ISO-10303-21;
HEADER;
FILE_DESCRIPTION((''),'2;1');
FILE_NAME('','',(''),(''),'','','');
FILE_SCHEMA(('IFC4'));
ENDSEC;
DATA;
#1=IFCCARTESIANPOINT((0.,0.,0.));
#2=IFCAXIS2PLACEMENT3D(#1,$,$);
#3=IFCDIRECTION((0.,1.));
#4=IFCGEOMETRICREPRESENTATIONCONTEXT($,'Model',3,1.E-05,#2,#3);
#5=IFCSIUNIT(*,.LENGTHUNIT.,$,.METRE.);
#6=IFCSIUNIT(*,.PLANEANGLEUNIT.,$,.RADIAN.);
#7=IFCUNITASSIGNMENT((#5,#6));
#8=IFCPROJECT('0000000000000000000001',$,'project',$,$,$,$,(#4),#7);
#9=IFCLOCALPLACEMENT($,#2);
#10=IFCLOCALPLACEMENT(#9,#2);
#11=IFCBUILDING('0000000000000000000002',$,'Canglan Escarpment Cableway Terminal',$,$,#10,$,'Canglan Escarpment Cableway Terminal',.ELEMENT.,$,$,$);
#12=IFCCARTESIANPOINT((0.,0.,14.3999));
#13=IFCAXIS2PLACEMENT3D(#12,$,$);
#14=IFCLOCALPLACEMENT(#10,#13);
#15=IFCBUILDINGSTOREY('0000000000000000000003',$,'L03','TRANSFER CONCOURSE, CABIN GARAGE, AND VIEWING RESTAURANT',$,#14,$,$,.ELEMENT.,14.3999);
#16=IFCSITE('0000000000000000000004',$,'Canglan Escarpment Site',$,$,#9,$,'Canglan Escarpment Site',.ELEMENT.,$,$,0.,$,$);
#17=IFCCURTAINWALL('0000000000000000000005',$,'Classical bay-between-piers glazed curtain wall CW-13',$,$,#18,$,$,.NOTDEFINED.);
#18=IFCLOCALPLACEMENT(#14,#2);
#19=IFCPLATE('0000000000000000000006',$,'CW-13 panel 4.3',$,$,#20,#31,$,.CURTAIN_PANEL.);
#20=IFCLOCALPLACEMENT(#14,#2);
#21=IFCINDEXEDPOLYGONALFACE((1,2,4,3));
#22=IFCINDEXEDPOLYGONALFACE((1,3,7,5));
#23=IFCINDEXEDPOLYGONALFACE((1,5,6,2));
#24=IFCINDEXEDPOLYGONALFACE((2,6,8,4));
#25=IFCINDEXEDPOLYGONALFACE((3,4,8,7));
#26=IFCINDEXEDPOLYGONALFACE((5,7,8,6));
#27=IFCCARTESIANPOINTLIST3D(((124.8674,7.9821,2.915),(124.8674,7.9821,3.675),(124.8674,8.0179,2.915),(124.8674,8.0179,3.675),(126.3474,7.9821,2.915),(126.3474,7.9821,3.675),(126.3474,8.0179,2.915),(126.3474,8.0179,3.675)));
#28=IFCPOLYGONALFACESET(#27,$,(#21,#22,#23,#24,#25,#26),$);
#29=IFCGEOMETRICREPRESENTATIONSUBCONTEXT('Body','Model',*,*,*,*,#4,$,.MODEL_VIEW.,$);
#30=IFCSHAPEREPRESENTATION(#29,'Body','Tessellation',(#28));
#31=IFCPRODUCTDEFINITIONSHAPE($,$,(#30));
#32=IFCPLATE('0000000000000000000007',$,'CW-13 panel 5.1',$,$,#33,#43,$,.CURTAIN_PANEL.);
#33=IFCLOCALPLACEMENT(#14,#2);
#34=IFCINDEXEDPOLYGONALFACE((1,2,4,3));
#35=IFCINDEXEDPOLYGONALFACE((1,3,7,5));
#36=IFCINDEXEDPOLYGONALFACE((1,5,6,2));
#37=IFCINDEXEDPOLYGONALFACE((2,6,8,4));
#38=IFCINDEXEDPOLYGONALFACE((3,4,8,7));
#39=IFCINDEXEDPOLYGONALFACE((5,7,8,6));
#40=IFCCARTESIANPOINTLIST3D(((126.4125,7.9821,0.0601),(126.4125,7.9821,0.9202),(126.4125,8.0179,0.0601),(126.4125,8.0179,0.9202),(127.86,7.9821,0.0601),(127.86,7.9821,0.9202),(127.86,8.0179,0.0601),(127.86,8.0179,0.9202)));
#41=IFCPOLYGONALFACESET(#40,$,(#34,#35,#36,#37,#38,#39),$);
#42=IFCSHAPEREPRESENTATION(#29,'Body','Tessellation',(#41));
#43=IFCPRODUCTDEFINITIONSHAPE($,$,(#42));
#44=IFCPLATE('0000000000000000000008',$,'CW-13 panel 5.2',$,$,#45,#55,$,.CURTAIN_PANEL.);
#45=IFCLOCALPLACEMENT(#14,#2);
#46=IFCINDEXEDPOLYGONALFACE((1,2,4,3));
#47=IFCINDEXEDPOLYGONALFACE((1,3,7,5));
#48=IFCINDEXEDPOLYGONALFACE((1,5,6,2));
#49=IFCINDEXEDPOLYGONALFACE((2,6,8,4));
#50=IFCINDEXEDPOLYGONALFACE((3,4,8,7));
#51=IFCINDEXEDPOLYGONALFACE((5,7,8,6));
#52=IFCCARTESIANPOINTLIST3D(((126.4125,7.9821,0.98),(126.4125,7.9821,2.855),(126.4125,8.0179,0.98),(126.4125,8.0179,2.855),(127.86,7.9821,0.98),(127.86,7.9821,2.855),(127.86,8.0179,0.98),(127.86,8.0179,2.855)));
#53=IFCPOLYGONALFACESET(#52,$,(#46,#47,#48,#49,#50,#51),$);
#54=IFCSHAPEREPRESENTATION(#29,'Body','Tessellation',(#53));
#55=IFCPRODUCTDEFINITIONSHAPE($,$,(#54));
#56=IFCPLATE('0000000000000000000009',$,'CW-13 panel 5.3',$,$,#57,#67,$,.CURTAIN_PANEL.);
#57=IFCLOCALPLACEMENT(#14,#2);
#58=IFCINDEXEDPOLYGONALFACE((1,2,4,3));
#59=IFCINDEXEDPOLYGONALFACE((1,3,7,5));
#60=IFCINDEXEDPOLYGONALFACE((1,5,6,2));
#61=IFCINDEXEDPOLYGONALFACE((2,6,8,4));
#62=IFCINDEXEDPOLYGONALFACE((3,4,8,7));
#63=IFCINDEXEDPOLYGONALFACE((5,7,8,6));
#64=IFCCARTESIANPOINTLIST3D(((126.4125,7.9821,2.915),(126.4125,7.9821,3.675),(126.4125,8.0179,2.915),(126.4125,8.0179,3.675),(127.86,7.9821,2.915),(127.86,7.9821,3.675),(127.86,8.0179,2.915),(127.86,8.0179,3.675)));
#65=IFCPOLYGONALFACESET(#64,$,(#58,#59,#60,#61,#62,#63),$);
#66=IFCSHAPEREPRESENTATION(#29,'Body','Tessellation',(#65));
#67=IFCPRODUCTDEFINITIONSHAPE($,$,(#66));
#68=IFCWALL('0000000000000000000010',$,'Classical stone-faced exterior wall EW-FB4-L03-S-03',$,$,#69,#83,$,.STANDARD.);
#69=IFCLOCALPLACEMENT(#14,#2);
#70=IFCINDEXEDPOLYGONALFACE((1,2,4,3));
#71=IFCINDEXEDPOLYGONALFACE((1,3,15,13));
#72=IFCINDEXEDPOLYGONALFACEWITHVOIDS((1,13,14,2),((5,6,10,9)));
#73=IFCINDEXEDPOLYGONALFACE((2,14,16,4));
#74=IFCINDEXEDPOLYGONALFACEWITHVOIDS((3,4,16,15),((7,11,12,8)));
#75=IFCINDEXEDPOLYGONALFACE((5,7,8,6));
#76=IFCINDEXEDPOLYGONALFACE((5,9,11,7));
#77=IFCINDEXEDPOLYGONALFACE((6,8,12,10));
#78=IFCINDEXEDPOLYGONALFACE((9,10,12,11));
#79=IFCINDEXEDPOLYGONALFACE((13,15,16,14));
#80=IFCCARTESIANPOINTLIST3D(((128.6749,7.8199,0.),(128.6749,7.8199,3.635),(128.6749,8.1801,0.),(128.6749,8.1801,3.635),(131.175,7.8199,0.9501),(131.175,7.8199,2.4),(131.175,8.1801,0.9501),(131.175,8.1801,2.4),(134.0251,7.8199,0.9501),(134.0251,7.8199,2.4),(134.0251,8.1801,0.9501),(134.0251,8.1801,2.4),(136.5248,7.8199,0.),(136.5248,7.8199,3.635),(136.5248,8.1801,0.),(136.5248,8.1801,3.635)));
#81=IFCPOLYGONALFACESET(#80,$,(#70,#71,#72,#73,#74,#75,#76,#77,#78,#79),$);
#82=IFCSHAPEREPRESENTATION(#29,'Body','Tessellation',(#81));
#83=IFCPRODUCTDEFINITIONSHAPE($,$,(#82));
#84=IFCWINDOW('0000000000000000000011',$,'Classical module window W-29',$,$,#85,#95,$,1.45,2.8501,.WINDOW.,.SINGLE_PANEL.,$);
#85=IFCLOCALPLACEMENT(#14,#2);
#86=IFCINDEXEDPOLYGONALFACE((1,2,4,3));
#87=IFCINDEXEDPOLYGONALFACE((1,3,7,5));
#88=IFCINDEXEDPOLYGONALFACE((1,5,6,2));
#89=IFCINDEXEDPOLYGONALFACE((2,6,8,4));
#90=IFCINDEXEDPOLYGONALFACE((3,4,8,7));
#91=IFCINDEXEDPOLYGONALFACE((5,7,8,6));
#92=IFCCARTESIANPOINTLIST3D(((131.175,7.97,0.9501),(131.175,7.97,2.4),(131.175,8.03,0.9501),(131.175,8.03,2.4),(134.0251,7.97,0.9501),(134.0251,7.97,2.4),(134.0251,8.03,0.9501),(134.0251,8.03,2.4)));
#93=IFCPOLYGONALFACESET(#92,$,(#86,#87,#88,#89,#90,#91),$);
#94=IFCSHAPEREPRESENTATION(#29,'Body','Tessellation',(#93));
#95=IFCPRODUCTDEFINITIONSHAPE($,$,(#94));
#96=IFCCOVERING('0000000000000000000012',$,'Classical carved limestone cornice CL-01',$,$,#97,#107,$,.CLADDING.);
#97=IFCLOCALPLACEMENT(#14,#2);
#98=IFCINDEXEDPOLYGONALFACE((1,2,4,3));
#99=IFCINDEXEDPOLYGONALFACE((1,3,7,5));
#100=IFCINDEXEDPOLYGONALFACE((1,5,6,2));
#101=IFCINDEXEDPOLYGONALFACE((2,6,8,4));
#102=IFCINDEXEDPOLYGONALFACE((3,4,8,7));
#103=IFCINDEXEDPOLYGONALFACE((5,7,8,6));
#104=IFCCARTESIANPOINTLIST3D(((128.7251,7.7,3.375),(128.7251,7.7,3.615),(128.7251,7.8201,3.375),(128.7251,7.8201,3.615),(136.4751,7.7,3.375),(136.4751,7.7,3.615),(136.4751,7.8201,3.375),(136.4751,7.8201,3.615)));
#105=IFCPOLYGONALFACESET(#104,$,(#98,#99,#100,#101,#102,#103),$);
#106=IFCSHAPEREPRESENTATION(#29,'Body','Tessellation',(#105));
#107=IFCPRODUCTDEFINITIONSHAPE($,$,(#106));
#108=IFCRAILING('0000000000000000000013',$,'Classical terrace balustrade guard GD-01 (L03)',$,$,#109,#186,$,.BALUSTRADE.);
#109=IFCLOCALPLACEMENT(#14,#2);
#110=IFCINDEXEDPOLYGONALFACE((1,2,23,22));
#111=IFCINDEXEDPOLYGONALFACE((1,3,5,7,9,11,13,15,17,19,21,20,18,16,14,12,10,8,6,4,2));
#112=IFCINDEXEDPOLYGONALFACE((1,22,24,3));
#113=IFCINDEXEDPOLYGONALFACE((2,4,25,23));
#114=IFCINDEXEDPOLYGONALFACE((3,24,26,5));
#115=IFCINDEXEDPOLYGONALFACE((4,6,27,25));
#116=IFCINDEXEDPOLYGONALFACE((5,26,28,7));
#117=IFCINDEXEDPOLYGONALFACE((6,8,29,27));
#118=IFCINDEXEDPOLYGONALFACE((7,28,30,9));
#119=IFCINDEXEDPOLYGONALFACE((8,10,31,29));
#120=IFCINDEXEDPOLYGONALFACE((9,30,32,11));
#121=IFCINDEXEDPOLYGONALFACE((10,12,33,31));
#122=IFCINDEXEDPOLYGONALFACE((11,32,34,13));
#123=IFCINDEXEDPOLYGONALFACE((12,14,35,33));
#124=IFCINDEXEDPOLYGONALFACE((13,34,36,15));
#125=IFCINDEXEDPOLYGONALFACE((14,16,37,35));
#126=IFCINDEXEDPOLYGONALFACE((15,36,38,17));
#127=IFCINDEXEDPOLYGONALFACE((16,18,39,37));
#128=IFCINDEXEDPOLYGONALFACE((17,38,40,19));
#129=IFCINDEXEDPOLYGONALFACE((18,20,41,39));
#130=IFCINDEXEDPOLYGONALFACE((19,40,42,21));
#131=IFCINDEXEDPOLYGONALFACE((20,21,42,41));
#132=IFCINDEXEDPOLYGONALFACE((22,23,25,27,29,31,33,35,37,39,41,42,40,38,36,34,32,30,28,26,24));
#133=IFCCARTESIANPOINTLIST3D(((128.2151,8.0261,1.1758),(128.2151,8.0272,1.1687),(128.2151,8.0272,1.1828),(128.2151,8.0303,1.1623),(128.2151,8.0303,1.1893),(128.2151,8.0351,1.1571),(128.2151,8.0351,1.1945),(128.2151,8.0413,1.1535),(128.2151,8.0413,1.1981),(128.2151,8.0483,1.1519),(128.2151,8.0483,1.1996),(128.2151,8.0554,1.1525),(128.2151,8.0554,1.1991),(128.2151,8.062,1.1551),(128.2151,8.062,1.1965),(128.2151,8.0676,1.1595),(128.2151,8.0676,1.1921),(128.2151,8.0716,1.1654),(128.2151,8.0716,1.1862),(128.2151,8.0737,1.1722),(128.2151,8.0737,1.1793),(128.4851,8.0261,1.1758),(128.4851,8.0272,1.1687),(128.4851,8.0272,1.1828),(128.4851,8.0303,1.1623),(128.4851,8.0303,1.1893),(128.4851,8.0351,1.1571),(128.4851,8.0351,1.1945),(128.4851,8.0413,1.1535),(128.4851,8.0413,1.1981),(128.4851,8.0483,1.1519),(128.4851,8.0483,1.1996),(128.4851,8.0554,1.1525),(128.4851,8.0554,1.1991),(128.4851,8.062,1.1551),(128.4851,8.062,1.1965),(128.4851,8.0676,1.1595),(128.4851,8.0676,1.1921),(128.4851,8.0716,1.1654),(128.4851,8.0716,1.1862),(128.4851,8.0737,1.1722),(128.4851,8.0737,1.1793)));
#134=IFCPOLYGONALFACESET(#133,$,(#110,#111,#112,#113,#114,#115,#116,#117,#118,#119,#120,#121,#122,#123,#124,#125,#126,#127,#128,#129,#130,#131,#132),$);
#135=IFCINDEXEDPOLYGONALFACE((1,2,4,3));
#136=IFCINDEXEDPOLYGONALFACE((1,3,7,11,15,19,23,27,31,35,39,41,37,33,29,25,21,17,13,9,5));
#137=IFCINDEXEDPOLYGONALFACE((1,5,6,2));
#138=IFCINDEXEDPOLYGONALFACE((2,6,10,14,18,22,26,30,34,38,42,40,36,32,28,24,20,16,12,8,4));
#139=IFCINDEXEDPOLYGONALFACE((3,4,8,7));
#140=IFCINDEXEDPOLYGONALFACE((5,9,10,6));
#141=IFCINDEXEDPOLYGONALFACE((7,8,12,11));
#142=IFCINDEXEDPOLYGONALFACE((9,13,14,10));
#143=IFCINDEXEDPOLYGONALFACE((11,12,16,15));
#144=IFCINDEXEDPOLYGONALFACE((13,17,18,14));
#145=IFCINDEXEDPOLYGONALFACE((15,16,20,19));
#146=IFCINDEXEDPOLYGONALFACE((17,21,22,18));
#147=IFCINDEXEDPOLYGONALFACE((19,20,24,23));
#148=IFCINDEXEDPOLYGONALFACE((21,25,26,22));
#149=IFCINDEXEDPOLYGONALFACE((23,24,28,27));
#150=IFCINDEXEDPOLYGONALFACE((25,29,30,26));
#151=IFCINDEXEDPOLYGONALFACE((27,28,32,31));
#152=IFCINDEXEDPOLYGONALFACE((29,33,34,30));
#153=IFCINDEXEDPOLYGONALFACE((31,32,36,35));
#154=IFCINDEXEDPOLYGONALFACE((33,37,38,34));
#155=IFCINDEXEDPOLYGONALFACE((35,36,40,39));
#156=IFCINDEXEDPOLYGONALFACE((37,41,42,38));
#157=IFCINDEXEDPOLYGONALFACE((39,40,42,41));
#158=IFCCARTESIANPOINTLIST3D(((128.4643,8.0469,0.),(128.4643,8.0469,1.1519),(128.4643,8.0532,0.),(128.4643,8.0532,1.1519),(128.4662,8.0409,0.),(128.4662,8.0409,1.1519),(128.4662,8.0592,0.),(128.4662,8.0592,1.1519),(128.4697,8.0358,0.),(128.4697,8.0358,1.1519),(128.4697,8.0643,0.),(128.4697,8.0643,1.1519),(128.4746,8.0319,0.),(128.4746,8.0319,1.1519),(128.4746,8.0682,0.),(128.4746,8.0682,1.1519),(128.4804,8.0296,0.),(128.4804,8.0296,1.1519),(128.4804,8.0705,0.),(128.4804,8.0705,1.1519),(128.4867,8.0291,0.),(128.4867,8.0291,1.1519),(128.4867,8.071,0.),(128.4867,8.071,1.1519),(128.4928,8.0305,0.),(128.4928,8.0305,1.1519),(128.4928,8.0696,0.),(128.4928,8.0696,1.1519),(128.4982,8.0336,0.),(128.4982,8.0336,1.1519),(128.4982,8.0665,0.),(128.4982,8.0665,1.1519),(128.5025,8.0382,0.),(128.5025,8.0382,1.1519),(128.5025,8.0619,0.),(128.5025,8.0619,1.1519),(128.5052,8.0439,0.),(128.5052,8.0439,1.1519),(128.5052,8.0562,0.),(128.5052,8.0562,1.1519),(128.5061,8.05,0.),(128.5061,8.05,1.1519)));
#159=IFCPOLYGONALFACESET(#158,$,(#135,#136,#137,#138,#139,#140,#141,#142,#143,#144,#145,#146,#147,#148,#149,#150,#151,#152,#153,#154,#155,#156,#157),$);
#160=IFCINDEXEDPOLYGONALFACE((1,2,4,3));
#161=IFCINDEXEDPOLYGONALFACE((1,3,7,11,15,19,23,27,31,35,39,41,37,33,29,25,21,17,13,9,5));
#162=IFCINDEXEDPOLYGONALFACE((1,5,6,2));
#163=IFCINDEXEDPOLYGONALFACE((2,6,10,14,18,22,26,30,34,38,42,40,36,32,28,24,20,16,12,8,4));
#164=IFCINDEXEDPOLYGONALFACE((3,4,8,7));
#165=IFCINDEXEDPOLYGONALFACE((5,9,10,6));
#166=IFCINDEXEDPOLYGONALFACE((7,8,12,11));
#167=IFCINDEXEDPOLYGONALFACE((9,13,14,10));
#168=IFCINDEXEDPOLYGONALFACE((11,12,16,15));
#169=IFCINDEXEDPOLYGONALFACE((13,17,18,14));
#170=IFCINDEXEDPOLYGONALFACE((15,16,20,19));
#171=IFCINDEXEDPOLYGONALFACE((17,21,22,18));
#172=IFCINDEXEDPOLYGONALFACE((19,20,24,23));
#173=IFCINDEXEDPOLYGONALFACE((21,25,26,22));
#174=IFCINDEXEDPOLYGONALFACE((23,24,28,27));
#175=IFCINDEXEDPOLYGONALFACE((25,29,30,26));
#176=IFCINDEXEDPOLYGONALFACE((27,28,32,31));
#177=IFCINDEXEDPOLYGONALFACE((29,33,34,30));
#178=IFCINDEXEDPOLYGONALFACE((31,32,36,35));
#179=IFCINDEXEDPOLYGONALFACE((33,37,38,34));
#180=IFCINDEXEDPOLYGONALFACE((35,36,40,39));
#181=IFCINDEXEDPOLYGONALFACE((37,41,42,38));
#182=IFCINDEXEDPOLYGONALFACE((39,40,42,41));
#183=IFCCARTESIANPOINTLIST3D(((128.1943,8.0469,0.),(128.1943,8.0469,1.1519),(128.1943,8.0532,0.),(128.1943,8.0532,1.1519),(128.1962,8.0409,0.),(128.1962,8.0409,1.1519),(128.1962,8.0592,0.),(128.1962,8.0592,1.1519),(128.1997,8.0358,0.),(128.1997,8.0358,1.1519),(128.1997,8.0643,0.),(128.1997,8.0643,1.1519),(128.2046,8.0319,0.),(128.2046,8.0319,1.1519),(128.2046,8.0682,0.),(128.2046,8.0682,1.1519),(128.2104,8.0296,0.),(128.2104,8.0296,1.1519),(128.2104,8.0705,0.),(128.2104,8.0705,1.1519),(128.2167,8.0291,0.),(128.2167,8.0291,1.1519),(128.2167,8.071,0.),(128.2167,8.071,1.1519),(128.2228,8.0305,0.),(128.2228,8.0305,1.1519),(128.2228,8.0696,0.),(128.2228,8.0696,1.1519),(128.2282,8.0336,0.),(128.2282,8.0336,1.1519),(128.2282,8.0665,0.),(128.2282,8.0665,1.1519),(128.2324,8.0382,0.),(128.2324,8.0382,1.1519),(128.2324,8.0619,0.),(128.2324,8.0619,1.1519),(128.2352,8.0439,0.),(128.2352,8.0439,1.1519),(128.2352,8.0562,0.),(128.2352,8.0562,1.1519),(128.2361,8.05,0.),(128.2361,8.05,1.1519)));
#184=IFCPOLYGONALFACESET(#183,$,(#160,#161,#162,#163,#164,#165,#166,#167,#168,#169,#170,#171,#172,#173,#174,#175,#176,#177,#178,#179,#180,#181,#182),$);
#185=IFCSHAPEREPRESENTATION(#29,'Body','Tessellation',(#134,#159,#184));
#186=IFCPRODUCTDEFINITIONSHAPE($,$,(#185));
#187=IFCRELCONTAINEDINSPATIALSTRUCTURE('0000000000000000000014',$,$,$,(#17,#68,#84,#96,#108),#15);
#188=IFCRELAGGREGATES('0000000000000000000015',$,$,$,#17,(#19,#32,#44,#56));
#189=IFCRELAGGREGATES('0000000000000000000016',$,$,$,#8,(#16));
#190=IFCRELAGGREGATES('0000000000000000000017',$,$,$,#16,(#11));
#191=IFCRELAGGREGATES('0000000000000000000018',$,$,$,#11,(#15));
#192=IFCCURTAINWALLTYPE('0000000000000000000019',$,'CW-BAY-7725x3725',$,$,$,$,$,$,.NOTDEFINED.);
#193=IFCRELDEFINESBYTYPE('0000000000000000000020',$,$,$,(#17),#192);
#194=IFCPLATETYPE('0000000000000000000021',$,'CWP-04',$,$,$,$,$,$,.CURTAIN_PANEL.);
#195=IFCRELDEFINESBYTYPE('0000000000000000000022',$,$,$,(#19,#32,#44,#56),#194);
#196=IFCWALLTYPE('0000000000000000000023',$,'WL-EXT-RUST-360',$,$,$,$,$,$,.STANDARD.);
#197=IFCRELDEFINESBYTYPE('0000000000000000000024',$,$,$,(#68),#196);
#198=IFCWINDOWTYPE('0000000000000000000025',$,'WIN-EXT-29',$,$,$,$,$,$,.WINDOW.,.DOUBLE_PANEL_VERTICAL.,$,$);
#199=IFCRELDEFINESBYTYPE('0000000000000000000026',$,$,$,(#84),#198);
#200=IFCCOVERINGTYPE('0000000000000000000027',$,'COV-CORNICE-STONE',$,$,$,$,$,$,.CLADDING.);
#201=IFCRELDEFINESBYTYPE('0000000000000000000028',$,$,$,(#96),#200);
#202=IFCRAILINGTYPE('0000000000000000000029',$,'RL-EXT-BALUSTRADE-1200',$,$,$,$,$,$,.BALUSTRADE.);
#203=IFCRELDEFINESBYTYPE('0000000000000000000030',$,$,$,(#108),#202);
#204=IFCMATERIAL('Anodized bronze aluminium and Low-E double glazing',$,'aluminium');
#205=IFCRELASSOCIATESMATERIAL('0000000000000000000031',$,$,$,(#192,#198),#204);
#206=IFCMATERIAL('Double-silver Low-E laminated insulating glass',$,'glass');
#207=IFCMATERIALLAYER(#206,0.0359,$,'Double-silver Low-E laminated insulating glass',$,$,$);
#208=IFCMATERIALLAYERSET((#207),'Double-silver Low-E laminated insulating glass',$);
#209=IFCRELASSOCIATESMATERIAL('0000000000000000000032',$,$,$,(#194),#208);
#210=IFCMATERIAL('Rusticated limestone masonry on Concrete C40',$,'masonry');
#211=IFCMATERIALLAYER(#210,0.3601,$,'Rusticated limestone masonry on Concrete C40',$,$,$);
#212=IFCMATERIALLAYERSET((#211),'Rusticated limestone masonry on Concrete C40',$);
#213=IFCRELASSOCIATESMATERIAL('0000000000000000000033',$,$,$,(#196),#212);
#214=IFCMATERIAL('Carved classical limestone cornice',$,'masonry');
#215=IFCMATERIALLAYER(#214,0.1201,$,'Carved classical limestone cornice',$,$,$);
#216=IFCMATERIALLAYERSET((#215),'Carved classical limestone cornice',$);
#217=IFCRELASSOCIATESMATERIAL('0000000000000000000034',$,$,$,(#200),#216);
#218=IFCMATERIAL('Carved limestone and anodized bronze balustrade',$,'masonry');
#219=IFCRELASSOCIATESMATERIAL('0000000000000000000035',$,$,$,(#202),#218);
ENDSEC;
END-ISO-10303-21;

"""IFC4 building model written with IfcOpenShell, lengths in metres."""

from ifc_helpers import new_model, si_unit, direction, frame, frame_2d, origin, origin_2d, place, context, subcontext, project, spatial, rectangle, circle, extrude, material, layer, layer_set, type_object, element, fill, aggregate, save


model = new_model("IFC4")

# Units and contexts
model_context = context("Model", 3, precision=1e-05, world=origin(), true_north=direction((0.0, 1.0)))
body_context = subcontext(model_context, "Body", "Model", "MODEL_VIEW")
ifc_project = project(units=[si_unit("LENGTHUNIT", "METRE"), si_unit("PLANEANGLEUNIT", "RADIAN")], contexts=[model_context])

# Site, building, storey
site_placement = place(None, origin())
site = spatial("IfcSite", under=ifc_project, at=site_placement, Name="Canglan Escarpment Site", LongName="Canglan Escarpment Site", CompositionType="ELEMENT", RefElevation=0.0)
building_placement = place(site_placement, origin())
building = spatial("IfcBuilding", under=site, at=building_placement, Name="Canglan Escarpment Cableway Terminal", LongName="Canglan Escarpment Cableway Terminal", CompositionType="ELEMENT")
storey_placement = place(building_placement, frame((0.0, 0.0, 14.3999)))
storey = spatial("IfcBuildingStorey", under=building, at=storey_placement, Name="L03", Description="TRANSFER CONCOURSE, CABIN GARAGE, AND VIEWING RESTAURANT", CompositionType="ELEMENT", Elevation=14.3999)

# Curtain wall
ifc_material_1 = material(Name="Anodized bronze aluminium and Low-E double glazing", Category="aluminium")
curtain_wall_type = type_object("IfcCurtainWallType", Name="CW-BAY-7725x3725", PredefinedType="NOTDEFINED", material=ifc_material_1)
curtain_wall_placement = place(storey_placement, origin())
curtain_wall = element("IfcCurtainWall", 1, at=curtain_wall_placement, inside=storey, type_object=curtain_wall_type, Name="Classical bay-between-piers glazed curtain wall CW-13", PredefinedType="NOTDEFINED")

# Plates
ifc_material_2 = material(Name="Double-silver Low-E laminated insulating glass", Category="glass")
ifc_layer_1 = layer(ifc_material_2, 0.0359, Name="Double-silver Low-E laminated insulating glass")
ifc_layer_set_1 = layer_set([ifc_layer_1], Name="Double-silver Low-E laminated insulating glass")
plate_type = type_object("IfcPlateType", Name="CWP-04", PredefinedType="CURTAIN_PANEL", material=ifc_layer_set_1)
plate_1_placement = place(storey_placement, frame((125.6074, 8.0, 2.915), z_axis=(0.0, 0.0, 1.0), x_axis=(1.0, 0.0, 0.0)))
plate_1 = element("IfcPlate", 2, at=plate_1_placement, type_object=plate_type, Name="CW-13 panel 4.3", PredefinedType="CURTAIN_PANEL", context=body_context, shape_type="SweptSolid", body=[
    extrude(rectangle(XDim=1.48, YDim=0.0359, at=origin_2d()), origin(), (0.0, 0.0, 1.0), 0.76),
])
plate_2_placement = place(storey_placement, frame((127.1362, 8.0, 0.0601), z_axis=(0.0, 0.0, 1.0), x_axis=(1.0, 0.0, 0.0)))
plate_2 = element("IfcPlate", 3, at=plate_2_placement, type_object=plate_type, Name="CW-13 panel 5.1", PredefinedType="CURTAIN_PANEL", context=body_context, shape_type="SweptSolid", body=[
    extrude(rectangle(XDim=1.4475, YDim=0.0359, at=origin_2d()), origin(), (0.0, 0.0, 1.0), 0.8601),
])
plate_3_placement = place(storey_placement, frame((127.1362, 8.0, 0.98), z_axis=(0.0, 0.0, 1.0), x_axis=(1.0, 0.0, 0.0)))
plate_3 = element("IfcPlate", 4, at=plate_3_placement, type_object=plate_type, Name="CW-13 panel 5.2", PredefinedType="CURTAIN_PANEL", context=body_context, shape_type="SweptSolid", body=[
    extrude(rectangle(XDim=1.4475, YDim=0.0359, at=origin_2d()), origin(), (0.0, 0.0, 1.0), 1.875),
])
plate_4_placement = place(storey_placement, frame((127.1362, 8.0, 2.915), z_axis=(0.0, 0.0, 1.0), x_axis=(1.0, 0.0, 0.0)))
plate_4 = element("IfcPlate", 5, at=plate_4_placement, type_object=plate_type, Name="CW-13 panel 5.3", PredefinedType="CURTAIN_PANEL", context=body_context, shape_type="SweptSolid", body=[
    extrude(rectangle(XDim=1.4475, YDim=0.0359, at=origin_2d()), origin(), (0.0, 0.0, 1.0), 0.76),
])
aggregate(curtain_wall, [plate_1, plate_2, plate_3, plate_4])

# Wall, opening, window
ifc_material_3 = material(Name="Rusticated limestone masonry on Concrete C40", Category="masonry")
ifc_layer_2 = layer(ifc_material_3, 0.3601, Name="Rusticated limestone masonry on Concrete C40")
ifc_layer_set_2 = layer_set([ifc_layer_2], Name="Rusticated limestone masonry on Concrete C40")
wall_type = type_object("IfcWallType", Name="WL-EXT-RUST-360", PredefinedType="STANDARD", material=ifc_layer_set_2)
wall_placement = place(storey_placement, frame((128.675, 8.0, 0.0), z_axis=(0.0, 0.0, 1.0), x_axis=(1.0, 0.0, 0.0)))
wall = element("IfcWall", 6, at=wall_placement, inside=storey, type_object=wall_type, Name="Classical stone-faced exterior wall EW-FB4-L03-S-03", PredefinedType="STANDARD", context=body_context, shape_type="SweptSolid", body=[
    extrude(rectangle(XDim=7.8499, YDim=0.3601, at=frame_2d((3.9248, 0.0))), origin(), (0.0, 0.0, 1.0), 3.635),
])
opening_placement = place(wall_placement, frame((2.5, 0.0, 0.95)))
opening = element("IfcOpeningElement", 7, at=opening_placement, cuts=wall, PredefinedType="OPENING", context=body_context, shape_type="SweptSolid", body=[
    extrude(rectangle(XDim=2.8501, YDim=1.45, at=frame_2d((1.425, 0.7251))), frame((0.0, 0.1899, 0.0), z_axis=(0.0, -1.0, 0.0), x_axis=(1.0, 0.0, 0.0)), (0.0, 0.0, 1.0), 0.3801),
])
window_type = type_object("IfcWindowType", Name="WIN-EXT-29", PartitioningType="DOUBLE_PANEL_VERTICAL", PredefinedType="WINDOW", material=ifc_material_1)
window_placement = place(opening_placement, origin())
window = element("IfcWindow", 8, at=window_placement, inside=storey, type_object=window_type, Name="Classical module window W-29", OverallHeight=1.45, OverallWidth=2.8501, PartitioningType="SINGLE_PANEL", PredefinedType="WINDOW", context=body_context, shape_type="SweptSolid", body=[
    extrude(rectangle(XDim=2.8501, YDim=1.45, at=frame_2d((1.425, 0.7251))), frame((0.0, 0.03, 0.0), z_axis=(0.0, -1.0, 0.0), x_axis=(1.0, 0.0, 0.0)), (0.0, 0.0, 1.0), 0.0601),
])
fill(opening, window)

# Covering
ifc_material_4 = material(Name="Carved classical limestone cornice", Category="masonry")
ifc_layer_3 = layer(ifc_material_4, 0.1201, Name="Carved classical limestone cornice")
ifc_layer_set_3 = layer_set([ifc_layer_3], Name="Carved classical limestone cornice")
covering_type = type_object("IfcCoveringType", Name="COV-CORNICE-STONE", PredefinedType="CLADDING", material=ifc_layer_set_3)
covering_placement = place(storey_placement, frame((132.6001, 7.76, 3.375), z_axis=(0.0, 0.0, 1.0), x_axis=(1.0, 0.0, 0.0)))
element("IfcCovering", 9, at=covering_placement, inside=storey, type_object=covering_type, Name="Classical carved limestone cornice CL-01", PredefinedType="CLADDING", context=body_context, shape_type="SweptSolid", body=[
    extrude(rectangle(XDim=7.75, YDim=0.1201, at=origin_2d()), origin(), (0.0, 0.0, 1.0), 0.24),
])

# Railing
ifc_material_5 = material(Name="Carved limestone and anodized bronze balustrade", Category="masonry")
railing_type = type_object("IfcRailingType", Name="RL-EXT-BALUSTRADE-1200", PredefinedType="BALUSTRADE", material=ifc_material_5)
railing_placement = place(storey_placement, frame((128.4851, 8.05, 0.0)))
element("IfcRailing", 10, at=railing_placement, inside=storey, type_object=railing_type, Name="Classical terrace balustrade guard GD-01 (L03)", PredefinedType="BALUSTRADE", context=body_context, shape_type="SweptSolid", body=[
    extrude(circle(Radius=0.0239, at=origin_2d()), frame((0.0, 0.0, 1.1758), z_axis=(-1.0, 0.0, 0.0), x_axis=(0.0, -1.0, 0.0)), (0.0, 0.0, 1.0), 0.27),
    extrude(circle(Radius=0.021, at=origin_2d()), origin(), (0.0, 0.0, 1.0), 1.1519),
    extrude(circle(Radius=0.021, at=origin_2d()), frame((-0.27, 0.0, 0.0)), (0.0, 0.0, 1.0), 1.1519),
])

save(model, "model.ifc")
